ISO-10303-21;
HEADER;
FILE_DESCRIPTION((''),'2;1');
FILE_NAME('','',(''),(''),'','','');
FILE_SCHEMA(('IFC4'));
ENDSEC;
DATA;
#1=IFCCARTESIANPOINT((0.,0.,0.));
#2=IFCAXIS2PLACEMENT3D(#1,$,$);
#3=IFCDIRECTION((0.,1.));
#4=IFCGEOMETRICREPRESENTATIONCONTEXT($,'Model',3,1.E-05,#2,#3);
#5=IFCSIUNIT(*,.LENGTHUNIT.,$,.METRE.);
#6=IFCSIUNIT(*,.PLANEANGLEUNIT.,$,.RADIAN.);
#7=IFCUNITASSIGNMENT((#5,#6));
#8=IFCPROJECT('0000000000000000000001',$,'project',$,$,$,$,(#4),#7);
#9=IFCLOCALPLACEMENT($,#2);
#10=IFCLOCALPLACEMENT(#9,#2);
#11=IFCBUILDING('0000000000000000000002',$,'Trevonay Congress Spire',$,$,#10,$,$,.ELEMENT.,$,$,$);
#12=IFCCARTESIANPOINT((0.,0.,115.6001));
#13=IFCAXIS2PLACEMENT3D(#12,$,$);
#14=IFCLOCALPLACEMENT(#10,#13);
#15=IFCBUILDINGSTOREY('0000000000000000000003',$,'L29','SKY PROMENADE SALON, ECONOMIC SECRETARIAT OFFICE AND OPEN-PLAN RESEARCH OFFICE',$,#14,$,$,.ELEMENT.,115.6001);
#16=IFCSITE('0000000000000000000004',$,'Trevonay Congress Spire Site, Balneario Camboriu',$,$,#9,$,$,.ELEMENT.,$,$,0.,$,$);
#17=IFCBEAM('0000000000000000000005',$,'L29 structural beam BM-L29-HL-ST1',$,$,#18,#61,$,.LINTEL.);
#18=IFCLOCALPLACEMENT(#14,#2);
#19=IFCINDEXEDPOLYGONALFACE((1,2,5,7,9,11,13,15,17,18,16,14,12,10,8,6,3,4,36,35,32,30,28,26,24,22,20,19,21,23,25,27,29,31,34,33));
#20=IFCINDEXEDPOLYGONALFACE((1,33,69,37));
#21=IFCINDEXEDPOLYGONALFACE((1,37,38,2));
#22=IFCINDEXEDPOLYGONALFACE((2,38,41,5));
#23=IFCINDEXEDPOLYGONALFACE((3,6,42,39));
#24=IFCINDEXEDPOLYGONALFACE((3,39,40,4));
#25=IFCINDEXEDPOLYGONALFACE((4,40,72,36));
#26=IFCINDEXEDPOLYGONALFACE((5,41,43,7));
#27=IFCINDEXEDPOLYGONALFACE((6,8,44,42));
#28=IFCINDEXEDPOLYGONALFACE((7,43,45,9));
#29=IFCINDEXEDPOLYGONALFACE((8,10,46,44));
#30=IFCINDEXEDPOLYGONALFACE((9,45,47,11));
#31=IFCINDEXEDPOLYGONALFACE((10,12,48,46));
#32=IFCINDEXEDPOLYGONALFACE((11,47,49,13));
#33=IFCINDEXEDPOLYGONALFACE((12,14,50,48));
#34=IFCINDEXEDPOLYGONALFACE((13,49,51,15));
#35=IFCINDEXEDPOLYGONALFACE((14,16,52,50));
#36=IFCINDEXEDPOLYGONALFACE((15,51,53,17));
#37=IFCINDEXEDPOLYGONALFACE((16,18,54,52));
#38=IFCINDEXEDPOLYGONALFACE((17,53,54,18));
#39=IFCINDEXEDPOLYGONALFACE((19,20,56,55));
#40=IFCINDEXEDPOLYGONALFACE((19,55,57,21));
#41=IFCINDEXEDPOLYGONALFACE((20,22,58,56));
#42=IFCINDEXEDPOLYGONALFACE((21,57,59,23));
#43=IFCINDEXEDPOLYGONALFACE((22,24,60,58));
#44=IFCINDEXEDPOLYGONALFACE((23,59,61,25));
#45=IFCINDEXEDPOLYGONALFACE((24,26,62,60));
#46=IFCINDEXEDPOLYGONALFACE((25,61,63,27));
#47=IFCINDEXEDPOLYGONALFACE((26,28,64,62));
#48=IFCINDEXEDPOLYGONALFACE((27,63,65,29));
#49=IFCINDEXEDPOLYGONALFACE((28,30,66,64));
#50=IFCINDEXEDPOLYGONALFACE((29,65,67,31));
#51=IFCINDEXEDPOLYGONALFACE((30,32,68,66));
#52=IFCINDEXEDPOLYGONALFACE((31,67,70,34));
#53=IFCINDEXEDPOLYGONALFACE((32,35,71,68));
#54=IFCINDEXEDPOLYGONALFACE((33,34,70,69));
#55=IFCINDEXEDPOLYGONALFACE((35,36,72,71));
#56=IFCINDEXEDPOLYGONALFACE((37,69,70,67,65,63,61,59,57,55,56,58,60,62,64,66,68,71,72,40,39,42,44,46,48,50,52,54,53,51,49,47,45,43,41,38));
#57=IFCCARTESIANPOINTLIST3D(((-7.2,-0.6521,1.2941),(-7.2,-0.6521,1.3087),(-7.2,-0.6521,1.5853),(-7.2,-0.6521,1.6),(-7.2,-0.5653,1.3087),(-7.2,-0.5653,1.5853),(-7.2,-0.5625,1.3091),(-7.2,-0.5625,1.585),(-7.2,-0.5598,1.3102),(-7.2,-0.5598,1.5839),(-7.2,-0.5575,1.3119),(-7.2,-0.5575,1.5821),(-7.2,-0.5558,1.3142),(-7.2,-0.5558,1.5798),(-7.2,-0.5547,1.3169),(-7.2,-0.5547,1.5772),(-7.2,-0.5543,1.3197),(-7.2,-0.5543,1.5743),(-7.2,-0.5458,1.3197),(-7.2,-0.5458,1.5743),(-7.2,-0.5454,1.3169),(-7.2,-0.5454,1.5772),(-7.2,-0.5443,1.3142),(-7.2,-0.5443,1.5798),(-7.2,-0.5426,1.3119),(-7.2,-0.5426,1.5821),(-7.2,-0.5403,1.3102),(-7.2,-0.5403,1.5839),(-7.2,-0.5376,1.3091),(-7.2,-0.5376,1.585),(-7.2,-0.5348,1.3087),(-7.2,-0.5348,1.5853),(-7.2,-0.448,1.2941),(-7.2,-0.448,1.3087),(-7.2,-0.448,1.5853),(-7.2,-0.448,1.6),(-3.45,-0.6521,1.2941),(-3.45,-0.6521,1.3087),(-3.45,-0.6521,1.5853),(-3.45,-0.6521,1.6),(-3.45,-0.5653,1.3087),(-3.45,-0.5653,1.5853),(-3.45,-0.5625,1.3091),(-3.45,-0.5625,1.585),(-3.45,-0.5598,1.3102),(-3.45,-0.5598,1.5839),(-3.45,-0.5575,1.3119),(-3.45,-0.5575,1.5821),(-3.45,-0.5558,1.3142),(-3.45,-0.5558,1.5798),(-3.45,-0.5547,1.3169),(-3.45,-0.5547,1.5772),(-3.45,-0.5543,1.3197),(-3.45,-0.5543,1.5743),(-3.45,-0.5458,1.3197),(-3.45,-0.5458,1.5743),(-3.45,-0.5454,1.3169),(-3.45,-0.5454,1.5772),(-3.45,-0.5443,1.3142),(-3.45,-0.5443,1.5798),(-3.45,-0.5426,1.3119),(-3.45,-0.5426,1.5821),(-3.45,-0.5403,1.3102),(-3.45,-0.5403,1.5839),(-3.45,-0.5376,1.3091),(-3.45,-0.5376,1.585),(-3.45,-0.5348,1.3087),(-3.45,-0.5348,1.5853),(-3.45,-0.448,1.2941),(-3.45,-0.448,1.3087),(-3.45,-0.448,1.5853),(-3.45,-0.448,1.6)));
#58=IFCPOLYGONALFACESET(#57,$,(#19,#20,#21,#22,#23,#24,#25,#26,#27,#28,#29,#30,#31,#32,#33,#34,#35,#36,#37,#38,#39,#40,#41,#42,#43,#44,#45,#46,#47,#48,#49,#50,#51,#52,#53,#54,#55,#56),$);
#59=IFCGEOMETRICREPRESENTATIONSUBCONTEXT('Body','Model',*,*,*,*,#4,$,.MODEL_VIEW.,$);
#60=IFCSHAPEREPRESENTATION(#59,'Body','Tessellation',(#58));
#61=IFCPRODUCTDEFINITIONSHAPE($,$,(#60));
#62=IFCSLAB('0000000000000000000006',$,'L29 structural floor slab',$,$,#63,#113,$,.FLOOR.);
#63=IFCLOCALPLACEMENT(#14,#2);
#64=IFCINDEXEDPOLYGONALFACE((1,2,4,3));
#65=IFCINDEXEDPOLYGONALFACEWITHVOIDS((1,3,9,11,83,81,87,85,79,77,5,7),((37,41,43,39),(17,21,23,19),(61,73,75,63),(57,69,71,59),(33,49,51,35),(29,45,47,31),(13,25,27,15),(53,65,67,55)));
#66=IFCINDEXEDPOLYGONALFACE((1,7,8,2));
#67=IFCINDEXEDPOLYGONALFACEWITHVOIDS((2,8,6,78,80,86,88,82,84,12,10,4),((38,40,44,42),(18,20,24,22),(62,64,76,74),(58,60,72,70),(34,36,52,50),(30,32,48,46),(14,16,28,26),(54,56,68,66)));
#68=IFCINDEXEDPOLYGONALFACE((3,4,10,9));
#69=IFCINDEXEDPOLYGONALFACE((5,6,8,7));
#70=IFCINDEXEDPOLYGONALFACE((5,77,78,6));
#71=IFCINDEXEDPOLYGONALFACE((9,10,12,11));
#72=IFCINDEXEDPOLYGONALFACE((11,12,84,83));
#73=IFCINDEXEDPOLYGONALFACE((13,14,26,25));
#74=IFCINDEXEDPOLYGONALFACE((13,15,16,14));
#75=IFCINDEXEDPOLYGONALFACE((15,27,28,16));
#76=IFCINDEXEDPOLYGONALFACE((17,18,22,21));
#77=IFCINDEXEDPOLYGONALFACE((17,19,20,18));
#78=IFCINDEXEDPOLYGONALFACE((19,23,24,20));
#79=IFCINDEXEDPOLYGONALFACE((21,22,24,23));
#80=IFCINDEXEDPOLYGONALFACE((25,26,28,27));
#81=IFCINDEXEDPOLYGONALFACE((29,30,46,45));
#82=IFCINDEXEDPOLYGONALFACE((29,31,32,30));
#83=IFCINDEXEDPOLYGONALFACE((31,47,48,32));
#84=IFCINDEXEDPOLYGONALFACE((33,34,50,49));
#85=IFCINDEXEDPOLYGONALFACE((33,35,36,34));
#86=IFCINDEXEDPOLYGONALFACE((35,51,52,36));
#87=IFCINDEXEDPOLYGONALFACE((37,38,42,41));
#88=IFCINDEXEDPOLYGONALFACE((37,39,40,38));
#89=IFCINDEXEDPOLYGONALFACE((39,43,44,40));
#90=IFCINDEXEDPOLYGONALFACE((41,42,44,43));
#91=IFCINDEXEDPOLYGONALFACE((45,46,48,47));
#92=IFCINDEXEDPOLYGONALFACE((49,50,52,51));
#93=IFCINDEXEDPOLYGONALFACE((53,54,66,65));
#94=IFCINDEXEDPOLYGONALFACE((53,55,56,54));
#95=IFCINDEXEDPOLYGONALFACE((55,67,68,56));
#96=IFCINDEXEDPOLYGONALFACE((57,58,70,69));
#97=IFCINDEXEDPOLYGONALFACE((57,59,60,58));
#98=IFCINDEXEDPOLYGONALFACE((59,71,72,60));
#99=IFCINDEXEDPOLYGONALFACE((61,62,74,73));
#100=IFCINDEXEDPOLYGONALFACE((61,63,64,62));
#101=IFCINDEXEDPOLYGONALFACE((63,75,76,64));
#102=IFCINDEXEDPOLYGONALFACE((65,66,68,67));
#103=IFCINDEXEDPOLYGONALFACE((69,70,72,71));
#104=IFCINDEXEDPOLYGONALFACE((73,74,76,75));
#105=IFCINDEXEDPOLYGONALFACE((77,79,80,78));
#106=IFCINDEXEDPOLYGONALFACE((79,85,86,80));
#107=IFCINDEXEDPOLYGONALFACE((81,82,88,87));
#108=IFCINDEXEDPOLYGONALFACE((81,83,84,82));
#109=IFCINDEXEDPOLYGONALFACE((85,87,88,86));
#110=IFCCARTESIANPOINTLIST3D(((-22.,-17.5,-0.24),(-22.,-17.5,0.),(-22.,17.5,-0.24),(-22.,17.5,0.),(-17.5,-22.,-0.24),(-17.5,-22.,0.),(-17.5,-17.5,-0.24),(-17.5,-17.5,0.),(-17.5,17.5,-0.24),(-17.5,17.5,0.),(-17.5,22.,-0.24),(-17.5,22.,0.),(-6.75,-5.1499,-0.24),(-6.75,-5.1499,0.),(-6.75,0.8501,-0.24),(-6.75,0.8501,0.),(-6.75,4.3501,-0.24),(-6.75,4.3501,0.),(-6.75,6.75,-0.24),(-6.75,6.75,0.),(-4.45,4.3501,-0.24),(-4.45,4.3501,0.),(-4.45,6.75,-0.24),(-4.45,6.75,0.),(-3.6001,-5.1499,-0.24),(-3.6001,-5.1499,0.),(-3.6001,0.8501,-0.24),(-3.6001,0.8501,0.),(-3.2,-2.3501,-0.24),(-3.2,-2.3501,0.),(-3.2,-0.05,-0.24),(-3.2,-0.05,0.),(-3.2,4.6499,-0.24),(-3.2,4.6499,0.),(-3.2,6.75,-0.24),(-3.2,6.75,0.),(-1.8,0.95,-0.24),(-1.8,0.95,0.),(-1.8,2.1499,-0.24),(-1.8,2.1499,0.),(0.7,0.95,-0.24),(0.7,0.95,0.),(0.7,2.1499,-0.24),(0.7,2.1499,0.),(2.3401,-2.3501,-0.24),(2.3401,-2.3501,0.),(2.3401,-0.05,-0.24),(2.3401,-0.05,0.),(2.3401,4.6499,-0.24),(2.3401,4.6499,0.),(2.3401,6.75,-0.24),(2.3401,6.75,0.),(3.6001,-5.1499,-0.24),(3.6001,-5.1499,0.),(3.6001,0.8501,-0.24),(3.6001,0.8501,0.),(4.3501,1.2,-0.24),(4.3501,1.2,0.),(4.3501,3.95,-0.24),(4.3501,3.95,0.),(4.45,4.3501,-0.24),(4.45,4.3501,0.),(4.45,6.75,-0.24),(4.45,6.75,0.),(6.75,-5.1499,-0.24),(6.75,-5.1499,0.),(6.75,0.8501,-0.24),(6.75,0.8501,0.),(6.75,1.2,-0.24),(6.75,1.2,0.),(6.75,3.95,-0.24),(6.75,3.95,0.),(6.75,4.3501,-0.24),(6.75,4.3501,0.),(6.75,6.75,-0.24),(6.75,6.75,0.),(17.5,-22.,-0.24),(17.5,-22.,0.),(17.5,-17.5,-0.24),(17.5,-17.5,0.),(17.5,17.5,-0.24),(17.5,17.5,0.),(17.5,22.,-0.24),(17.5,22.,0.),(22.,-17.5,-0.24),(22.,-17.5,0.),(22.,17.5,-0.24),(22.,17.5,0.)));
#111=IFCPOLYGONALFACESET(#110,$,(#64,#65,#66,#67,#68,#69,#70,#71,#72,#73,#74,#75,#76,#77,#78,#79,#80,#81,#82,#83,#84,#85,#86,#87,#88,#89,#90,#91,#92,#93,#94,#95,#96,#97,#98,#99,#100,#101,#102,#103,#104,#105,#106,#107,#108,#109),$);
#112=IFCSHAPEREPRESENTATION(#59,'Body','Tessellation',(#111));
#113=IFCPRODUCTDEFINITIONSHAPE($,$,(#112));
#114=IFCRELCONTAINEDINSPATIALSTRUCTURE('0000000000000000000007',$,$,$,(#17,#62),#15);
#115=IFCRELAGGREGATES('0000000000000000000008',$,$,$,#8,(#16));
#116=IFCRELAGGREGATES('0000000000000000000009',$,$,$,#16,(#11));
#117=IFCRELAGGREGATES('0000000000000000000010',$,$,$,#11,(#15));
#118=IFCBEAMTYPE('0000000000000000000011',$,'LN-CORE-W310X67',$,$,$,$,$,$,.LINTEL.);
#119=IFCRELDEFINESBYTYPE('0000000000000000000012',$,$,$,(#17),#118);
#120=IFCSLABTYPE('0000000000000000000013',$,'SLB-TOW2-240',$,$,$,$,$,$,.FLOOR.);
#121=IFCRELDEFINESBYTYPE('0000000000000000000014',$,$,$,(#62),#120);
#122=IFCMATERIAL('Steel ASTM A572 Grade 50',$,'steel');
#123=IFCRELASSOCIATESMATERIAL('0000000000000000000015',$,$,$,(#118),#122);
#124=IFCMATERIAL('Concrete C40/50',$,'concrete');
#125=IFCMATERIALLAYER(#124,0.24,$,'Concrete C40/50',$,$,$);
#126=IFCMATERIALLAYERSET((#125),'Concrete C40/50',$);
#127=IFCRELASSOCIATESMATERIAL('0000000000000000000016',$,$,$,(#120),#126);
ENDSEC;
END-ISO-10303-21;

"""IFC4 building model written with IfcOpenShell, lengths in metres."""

from ifc_helpers import new_model, si_unit, direction, frame, origin, origin_2d, place, context, subcontext, project, spatial, polyline, i_section, outline, extrude, material, layer, layer_set, material_profile, profile_set, type_object, element, save


model = new_model("IFC4")

# Units and contexts
model_context = context("Model", 3, precision=1e-05, world=origin(), true_north=direction((0.0, 1.0)))
body_context = subcontext(model_context, "Body", "Model", "MODEL_VIEW")
ifc_project = project(units=[si_unit("LENGTHUNIT", "METRE"), si_unit("PLANEANGLEUNIT", "RADIAN")], contexts=[model_context])

# Site, building, storey
site_placement = place(None, origin())
site = spatial("IfcSite", under=ifc_project, at=site_placement, Name="Trevonay Congress Spire Site, Balneario Camboriu", CompositionType="ELEMENT", RefElevation=0.0)
building_placement = place(site_placement, origin())
building = spatial("IfcBuilding", under=site, at=building_placement, Name="Trevonay Congress Spire", CompositionType="ELEMENT")
storey_placement = place(building_placement, frame((0.0, 0.0, 115.6001)))
storey = spatial("IfcBuildingStorey", under=building, at=storey_placement, Name="L29", Description="SKY PROMENADE SALON, ECONOMIC SECRETARIAT OFFICE AND OPEN-PLAN RESEARCH OFFICE", CompositionType="ELEMENT", Elevation=115.6001)

# Shared definitions
ifc_material_1 = material(Name="Steel ASTM A572 Grade 50", Category="steel")

# Beam
ifc_material_profile_1 = material_profile(ifc_material_1, i_section(OverallWidth=0.2041, OverallDepth=0.3059, WebThickness=0.0085, FlangeThickness=0.0146, FilletRadius=0.011, at=origin_2d()), Name="W310x67")
ifc_profile_set_1 = profile_set([ifc_material_profile_1], Name="Steel ASTM A572 Grade 50")
beam_type_1 = type_object("IfcBeamType", Name="LN-CORE-W310X67", PredefinedType="LINTEL", material=ifc_profile_set_1)
beam_1_placement = place(storey_placement, frame((-7.2, -0.55, 1.447), z_axis=(1.0, 0.0, 0.0), x_axis=(0.0, 1.0, 0.0)))
element("IfcBeam", 1, at=beam_1_placement, inside=storey, type_object=beam_type_1, Name="L29 structural beam BM-L29-HL-ST1", PredefinedType="LINTEL", context=body_context, shape_type="SweptSolid", body=[
    extrude(i_section(OverallWidth=0.2041, OverallDepth=0.3059, WebThickness=0.0085, FlangeThickness=0.0146, FilletRadius=0.011, at=origin_2d()), origin(), (0.0, 0.0, 1.0), 3.75),
])

# Slab
ifc_material_2 = material(Name="Concrete C40/50", Category="concrete")
ifc_layer_1 = layer(ifc_material_2, 0.24, Name="Concrete C40/50")
ifc_layer_set_1 = layer_set([ifc_layer_1], Name="Concrete C40/50")
slab_type = type_object("IfcSlabType", Name="SLB-TOW2-240", PredefinedType="FLOOR", material=ifc_layer_set_1)
slab_placement = place(storey_placement, frame((0.0, 0.0, -0.24)))
element("IfcSlab", 2, at=slab_placement, inside=storey, type_object=slab_type, Name="L29 structural floor slab", PredefinedType="FLOOR", context=body_context, shape_type="SweptSolid", body=[
    extrude(outline(polyline([(-17.5, -22.0), (17.5, -22.0), (17.5, -17.5), (22.0, -17.5), (22.0, 17.5), (17.5, 17.5), (17.5, 22.0), (-17.5, 22.0), (-17.5, 17.5), (-22.0, 17.5), (-22.0, -17.5), (-17.5, -17.5), (-17.5, -22.0)]), holes=[polyline([(-3.6001, -5.1499), (-3.6001, 0.8501), (-6.75, 0.8501), (-6.75, -5.1499), (-3.6001, -5.1499)]), polyline([(6.75, -5.1499), (6.75, 0.8501), (3.6001, 0.8501), (3.6001, -5.1499), (6.75, -5.1499)]), polyline([(-3.2, -2.3501), (2.3401, -2.3501), (2.3401, -0.05), (-3.2, -0.05), (-3.2, -2.3501)]), polyline([(-3.2, 4.6499), (2.3401, 4.6499), (2.3401, 6.75), (-3.2, 6.75), (-3.2, 4.6499)]), polyline([(-6.75, 4.3501), (-4.45, 4.3501), (-4.45, 6.75), (-6.75, 6.75), (-6.75, 4.3501)]), polyline([(4.45, 4.3501), (6.75, 4.3501), (6.75, 6.75), (4.45, 6.75), (4.45, 4.3501)]), polyline([(4.3501, 1.2), (6.75, 1.2), (6.75, 3.95), (4.3501, 3.95), (4.3501, 1.2)]), polyline([(-1.8, 0.95), (0.7, 0.95), (0.7, 2.1499), (-1.8, 2.1499), (-1.8, 0.95)])]), origin(), (0.0, 0.0, 1.0), 0.24),
])

save(model, "model.ifc")
